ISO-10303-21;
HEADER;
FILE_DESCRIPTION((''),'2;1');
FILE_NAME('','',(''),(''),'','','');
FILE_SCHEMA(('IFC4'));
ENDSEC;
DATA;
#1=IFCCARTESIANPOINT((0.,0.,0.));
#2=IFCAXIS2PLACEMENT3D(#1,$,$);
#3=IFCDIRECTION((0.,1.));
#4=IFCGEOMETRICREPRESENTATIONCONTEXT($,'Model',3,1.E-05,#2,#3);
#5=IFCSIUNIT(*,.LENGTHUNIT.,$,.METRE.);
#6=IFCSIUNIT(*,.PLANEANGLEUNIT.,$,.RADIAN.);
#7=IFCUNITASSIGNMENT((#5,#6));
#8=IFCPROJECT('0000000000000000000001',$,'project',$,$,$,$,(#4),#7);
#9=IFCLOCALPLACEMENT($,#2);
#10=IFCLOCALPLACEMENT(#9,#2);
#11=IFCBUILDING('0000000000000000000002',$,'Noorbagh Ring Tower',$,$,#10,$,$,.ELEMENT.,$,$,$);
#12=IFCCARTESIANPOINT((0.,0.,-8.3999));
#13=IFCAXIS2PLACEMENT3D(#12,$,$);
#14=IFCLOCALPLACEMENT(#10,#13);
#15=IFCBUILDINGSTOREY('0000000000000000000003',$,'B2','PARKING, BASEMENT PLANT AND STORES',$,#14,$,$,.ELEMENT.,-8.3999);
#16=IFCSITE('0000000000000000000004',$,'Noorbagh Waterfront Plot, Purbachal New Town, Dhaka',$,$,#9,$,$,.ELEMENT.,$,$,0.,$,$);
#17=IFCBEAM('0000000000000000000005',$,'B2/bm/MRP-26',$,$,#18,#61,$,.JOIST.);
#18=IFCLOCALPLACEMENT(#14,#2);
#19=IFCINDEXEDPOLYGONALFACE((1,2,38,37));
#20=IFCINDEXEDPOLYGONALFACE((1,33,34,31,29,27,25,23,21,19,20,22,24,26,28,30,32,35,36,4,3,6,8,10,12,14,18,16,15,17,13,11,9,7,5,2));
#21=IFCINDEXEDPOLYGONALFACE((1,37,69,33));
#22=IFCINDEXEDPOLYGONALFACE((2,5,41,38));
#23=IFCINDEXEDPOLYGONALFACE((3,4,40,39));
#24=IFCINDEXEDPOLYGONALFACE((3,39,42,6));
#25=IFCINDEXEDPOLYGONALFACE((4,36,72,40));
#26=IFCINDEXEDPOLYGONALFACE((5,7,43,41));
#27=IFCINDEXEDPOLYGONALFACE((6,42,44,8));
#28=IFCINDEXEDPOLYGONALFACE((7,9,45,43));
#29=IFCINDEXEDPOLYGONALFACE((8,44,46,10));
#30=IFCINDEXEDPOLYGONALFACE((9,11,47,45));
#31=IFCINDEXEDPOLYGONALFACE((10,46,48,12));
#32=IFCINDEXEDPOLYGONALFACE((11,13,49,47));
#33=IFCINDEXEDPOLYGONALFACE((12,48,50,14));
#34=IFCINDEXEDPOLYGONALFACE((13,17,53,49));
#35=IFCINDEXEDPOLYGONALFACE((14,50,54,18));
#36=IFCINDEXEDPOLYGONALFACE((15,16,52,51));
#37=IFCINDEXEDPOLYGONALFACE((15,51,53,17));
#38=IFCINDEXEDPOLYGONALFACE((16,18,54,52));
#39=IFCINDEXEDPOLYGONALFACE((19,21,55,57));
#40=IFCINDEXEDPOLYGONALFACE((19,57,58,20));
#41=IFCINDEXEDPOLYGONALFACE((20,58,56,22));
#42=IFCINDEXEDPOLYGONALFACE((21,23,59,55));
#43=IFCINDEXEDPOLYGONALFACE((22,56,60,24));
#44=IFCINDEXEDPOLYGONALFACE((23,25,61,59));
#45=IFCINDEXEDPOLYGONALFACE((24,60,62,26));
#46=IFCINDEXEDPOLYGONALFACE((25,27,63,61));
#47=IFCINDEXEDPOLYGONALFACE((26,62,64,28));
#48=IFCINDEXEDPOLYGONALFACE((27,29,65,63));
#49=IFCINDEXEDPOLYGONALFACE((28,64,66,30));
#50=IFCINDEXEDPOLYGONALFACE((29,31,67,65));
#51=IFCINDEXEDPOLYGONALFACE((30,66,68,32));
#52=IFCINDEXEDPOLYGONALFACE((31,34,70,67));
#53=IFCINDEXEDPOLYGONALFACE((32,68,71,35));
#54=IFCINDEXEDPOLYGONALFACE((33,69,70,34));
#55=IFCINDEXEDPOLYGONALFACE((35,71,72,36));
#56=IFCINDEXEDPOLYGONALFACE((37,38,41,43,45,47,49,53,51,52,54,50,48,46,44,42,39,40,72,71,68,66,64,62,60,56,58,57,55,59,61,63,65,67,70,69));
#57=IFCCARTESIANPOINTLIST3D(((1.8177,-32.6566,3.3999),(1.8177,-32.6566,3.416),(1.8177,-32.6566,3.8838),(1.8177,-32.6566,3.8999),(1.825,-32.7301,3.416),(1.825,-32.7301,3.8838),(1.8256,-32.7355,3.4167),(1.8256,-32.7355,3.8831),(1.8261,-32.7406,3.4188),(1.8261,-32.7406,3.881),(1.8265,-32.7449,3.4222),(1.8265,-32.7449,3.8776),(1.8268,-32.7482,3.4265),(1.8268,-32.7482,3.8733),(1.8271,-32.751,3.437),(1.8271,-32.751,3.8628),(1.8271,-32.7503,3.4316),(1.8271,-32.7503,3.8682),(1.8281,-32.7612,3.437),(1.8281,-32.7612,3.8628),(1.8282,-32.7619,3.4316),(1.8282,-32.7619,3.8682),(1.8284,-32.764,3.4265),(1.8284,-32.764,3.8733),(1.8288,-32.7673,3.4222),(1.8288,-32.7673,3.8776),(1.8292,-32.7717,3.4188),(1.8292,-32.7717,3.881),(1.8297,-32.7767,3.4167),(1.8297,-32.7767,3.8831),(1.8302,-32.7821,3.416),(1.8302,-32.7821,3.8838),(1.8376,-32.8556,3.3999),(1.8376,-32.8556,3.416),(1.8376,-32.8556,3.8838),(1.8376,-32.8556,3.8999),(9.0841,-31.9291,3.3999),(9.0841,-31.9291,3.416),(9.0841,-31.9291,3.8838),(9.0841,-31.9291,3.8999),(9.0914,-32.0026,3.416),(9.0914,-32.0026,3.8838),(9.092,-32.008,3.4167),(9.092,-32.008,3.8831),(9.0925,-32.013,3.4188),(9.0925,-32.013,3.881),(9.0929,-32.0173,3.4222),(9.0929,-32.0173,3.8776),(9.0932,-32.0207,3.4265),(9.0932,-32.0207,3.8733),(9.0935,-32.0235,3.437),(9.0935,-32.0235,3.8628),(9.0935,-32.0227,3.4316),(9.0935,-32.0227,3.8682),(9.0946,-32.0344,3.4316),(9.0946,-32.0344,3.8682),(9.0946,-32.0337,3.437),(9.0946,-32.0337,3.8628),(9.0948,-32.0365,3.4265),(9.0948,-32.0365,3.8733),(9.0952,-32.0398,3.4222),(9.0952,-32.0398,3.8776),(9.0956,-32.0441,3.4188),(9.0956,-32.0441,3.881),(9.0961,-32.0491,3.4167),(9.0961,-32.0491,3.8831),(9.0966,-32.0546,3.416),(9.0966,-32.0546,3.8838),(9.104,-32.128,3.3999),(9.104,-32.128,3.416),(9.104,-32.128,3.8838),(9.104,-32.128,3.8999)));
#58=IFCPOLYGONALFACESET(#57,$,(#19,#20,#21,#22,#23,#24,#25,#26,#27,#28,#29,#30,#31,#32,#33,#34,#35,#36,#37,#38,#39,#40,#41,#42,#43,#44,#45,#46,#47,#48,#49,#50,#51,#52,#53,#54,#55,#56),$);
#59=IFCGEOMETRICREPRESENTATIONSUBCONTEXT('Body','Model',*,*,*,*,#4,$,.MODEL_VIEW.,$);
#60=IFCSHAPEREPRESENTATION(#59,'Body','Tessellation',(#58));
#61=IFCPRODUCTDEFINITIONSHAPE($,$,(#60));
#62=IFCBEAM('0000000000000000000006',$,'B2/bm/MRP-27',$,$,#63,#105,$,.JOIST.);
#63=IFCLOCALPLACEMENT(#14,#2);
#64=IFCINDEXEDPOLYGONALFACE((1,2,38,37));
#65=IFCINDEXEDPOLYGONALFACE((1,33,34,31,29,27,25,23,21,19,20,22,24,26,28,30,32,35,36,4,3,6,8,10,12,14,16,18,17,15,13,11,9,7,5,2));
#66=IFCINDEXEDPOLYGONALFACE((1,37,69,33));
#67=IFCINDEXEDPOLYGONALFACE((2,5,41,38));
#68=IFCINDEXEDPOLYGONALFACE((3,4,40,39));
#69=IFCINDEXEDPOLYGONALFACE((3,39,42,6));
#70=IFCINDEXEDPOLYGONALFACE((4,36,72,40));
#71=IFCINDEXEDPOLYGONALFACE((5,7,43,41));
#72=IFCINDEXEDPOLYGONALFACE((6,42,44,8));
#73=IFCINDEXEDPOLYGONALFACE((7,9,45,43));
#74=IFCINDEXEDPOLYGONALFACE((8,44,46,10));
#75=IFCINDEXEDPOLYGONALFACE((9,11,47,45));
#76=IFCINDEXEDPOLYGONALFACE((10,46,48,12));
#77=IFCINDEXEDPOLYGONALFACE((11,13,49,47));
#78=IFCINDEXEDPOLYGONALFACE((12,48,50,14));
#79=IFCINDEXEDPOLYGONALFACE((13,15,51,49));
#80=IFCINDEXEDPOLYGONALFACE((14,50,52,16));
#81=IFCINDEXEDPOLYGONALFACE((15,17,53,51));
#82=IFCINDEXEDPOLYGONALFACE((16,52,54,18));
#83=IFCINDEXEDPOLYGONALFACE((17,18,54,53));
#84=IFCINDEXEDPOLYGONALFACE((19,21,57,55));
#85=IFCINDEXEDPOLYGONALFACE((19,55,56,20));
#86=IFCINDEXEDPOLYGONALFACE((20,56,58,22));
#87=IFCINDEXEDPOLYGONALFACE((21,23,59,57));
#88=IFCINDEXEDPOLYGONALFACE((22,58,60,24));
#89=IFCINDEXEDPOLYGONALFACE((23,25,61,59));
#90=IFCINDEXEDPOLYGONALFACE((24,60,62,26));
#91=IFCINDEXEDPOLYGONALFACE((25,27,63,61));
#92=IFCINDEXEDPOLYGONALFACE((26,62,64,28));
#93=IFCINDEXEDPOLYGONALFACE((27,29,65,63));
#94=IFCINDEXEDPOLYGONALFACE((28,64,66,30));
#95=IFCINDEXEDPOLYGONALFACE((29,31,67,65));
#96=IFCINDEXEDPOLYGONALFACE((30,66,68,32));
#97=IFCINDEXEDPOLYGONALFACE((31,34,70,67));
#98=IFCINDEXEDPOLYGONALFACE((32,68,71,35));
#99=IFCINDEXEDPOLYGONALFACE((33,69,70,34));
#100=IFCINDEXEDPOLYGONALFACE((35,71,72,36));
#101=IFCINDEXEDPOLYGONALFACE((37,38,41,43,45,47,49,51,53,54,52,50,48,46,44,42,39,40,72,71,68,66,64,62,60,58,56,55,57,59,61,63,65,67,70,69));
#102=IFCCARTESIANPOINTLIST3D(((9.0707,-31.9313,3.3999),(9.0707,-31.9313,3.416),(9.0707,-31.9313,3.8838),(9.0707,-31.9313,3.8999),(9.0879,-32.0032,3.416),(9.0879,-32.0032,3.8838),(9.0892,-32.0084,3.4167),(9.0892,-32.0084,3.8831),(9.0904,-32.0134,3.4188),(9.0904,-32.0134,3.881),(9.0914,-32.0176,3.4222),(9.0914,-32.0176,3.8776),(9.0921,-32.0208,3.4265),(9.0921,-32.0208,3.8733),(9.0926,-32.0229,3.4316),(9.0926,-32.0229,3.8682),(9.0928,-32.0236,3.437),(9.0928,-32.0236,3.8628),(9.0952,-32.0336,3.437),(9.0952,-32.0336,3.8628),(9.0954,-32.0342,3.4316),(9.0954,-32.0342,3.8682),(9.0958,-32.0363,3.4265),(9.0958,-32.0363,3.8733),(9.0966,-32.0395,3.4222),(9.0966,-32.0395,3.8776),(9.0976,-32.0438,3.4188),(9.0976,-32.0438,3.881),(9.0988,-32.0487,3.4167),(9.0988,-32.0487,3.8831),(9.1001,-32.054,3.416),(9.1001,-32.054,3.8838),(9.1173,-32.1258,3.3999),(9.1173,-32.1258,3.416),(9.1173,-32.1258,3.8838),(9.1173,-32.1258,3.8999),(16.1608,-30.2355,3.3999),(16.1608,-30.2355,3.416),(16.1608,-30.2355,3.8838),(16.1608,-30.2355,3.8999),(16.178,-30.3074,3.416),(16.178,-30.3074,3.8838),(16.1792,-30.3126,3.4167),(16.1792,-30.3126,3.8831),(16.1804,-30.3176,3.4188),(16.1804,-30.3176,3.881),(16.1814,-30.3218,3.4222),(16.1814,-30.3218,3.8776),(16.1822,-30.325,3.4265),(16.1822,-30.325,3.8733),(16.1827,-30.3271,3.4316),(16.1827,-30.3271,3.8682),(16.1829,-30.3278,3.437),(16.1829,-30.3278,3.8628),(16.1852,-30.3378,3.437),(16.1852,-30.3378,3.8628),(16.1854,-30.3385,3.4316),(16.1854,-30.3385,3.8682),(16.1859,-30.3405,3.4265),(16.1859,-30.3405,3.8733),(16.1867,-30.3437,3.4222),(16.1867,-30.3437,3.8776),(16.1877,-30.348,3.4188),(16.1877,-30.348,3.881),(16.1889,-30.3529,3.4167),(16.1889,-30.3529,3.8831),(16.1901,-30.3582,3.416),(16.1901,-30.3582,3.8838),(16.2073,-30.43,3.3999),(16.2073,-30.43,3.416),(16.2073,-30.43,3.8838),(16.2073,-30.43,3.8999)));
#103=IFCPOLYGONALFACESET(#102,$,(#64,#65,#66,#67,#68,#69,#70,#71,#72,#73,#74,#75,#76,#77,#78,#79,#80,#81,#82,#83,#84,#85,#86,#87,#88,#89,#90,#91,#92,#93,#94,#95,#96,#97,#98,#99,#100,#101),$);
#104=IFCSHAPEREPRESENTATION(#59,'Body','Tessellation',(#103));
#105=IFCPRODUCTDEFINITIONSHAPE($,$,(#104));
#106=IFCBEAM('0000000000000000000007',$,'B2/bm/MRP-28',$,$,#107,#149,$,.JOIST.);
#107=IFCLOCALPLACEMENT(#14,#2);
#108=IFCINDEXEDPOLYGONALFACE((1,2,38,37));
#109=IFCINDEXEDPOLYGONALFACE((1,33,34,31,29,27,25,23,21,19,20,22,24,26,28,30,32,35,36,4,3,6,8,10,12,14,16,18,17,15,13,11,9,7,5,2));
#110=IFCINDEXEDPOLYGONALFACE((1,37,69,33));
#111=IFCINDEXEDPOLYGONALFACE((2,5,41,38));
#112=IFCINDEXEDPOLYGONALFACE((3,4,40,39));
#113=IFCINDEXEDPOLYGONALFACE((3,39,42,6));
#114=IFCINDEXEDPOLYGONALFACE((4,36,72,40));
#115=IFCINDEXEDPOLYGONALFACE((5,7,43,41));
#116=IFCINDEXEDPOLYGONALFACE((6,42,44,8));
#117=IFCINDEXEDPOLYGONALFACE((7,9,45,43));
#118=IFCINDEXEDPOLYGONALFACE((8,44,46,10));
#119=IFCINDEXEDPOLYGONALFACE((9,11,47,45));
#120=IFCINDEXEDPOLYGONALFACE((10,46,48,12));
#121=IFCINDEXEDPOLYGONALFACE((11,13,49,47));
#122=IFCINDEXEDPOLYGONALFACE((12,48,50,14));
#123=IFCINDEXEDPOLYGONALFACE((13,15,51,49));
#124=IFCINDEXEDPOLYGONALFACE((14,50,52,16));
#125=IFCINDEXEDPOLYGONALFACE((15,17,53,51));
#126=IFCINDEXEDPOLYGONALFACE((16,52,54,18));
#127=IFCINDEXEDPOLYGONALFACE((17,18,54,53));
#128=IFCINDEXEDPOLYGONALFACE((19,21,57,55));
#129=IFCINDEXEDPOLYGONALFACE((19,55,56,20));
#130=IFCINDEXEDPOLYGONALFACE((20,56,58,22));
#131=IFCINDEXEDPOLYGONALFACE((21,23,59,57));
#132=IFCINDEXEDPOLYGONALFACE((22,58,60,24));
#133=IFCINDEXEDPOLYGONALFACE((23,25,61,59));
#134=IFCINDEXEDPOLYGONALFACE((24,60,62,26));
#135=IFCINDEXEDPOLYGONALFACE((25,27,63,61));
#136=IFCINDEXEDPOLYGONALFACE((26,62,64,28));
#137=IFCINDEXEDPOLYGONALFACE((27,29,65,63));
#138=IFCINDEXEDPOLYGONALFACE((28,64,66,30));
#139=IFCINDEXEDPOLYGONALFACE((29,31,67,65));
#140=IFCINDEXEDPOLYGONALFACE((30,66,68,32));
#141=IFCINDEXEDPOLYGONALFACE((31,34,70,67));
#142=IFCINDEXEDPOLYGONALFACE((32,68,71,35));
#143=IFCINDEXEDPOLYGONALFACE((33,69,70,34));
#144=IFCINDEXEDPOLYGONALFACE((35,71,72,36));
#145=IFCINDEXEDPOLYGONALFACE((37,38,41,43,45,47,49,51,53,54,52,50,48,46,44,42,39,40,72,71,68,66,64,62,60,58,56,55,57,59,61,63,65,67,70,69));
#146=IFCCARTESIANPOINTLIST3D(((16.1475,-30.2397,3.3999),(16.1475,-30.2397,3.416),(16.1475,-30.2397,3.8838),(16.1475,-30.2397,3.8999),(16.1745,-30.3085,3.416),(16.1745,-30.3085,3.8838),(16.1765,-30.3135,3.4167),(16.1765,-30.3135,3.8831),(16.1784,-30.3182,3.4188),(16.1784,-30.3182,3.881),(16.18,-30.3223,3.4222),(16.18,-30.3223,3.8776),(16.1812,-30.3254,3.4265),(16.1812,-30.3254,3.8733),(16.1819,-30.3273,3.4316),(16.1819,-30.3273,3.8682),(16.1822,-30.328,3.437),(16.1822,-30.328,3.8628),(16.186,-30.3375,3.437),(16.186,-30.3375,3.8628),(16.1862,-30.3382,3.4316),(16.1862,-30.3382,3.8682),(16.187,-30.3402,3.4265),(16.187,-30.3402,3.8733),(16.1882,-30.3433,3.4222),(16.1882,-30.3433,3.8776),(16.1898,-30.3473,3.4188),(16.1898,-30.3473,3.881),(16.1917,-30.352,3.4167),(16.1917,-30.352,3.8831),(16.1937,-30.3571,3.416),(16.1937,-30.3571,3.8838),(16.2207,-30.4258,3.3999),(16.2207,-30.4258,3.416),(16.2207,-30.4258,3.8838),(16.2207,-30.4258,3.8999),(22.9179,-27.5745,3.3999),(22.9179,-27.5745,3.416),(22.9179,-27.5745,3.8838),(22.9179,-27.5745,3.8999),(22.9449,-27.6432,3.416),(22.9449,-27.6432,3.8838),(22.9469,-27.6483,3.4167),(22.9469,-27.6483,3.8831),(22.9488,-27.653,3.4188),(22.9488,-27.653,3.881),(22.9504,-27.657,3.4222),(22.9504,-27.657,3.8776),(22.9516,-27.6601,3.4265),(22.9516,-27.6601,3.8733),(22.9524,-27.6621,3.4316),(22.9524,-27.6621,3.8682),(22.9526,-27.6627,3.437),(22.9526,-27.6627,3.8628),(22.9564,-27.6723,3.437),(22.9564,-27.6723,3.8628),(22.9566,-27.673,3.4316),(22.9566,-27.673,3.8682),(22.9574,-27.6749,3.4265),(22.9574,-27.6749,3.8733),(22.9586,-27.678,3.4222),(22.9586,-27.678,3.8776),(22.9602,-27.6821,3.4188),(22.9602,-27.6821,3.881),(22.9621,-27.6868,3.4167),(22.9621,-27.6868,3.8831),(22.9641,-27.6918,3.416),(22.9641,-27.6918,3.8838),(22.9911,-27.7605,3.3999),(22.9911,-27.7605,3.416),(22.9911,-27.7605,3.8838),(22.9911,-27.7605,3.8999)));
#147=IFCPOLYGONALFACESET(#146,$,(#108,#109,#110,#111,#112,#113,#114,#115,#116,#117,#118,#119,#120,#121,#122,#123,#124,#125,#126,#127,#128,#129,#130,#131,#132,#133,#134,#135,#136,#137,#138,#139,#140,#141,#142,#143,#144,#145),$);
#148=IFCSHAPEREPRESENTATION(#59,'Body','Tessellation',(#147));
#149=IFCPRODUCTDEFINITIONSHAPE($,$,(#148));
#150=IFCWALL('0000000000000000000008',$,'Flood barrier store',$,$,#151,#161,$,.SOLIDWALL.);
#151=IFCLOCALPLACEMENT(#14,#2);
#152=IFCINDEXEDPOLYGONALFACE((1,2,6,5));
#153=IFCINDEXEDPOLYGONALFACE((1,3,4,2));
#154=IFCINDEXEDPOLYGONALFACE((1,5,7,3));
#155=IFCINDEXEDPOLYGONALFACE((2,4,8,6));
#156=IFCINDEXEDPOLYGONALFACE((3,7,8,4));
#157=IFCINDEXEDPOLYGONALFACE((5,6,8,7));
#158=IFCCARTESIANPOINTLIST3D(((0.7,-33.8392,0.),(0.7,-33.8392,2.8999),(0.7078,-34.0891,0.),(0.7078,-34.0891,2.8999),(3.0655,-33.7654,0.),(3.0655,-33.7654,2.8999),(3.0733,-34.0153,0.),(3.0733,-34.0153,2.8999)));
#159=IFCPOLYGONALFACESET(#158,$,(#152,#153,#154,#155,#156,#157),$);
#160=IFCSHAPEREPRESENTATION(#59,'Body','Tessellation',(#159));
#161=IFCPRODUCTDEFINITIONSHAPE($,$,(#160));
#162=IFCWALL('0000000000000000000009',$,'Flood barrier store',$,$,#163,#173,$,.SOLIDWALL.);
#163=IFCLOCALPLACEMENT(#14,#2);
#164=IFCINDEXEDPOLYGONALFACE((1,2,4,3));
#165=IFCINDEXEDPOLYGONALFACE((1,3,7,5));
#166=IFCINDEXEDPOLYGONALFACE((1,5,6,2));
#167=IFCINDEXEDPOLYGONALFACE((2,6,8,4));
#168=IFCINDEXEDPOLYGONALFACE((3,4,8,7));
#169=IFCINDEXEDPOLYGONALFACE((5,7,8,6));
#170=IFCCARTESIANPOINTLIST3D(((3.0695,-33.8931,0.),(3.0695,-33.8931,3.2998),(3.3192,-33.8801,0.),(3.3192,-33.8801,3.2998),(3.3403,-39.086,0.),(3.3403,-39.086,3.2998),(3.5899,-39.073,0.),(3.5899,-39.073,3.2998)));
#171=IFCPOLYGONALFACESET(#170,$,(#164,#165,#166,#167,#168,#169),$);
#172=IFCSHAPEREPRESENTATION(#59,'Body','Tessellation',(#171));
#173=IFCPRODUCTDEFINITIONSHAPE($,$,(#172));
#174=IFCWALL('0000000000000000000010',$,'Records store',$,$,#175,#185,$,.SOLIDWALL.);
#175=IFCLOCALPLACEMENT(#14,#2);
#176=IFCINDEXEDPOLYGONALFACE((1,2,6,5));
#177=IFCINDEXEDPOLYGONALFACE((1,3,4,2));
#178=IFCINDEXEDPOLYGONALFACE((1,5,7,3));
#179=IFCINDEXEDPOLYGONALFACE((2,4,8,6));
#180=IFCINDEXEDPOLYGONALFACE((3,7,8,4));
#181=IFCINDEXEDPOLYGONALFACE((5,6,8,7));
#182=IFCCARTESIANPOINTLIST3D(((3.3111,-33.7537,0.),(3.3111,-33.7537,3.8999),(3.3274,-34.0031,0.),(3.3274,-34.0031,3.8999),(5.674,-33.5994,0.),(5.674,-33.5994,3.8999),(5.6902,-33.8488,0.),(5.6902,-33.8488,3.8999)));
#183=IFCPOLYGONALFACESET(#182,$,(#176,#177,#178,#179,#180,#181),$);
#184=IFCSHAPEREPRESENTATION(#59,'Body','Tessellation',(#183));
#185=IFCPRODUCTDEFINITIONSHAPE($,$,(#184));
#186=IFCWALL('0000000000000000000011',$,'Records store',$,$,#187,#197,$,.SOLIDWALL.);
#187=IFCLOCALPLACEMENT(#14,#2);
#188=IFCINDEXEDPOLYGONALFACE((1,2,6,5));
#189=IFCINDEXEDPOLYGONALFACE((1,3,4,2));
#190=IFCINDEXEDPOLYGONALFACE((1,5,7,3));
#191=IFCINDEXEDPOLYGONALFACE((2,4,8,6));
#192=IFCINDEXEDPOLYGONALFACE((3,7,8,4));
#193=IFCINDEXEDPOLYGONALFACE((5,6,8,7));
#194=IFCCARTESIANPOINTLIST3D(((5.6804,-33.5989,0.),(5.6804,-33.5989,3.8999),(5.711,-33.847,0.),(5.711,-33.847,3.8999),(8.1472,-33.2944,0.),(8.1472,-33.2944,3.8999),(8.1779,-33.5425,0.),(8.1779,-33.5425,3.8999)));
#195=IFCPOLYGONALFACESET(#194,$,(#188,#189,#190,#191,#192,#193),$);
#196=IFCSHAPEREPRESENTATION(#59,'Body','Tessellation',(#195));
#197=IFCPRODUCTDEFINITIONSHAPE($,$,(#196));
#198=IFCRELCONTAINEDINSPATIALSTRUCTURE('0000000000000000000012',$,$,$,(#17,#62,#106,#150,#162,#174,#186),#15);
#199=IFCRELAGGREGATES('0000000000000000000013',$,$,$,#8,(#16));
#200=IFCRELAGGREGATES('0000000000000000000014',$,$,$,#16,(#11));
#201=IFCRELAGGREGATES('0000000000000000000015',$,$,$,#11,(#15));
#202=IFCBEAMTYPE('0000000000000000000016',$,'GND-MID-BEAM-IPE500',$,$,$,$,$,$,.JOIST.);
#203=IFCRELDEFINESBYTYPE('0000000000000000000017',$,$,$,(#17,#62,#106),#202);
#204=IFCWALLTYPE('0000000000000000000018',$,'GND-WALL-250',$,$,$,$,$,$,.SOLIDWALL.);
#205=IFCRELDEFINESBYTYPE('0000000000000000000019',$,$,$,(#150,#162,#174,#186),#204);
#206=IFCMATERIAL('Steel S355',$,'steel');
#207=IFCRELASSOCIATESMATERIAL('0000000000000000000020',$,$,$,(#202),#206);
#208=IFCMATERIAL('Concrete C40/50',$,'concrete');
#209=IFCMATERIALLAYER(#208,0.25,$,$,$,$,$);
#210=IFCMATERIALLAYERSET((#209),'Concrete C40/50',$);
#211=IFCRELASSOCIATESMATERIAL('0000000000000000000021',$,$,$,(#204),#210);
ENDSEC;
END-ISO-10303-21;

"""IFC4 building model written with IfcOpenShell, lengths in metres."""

from ifc_helpers import new_model, si_unit, direction, frame, frame_2d, origin, origin_2d, place, context, subcontext, project, spatial, rectangle, i_section, extrude, material, layer, layer_set, material_profile, profile_set, type_object, element, save


model = new_model("IFC4")

# Units and contexts
model_context = context("Model", 3, precision=1e-05, world=origin(), true_north=direction((0.0, 1.0)))
body_context = subcontext(model_context, "Body", "Model", "MODEL_VIEW")
ifc_project = project(units=[si_unit("LENGTHUNIT", "METRE"), si_unit("PLANEANGLEUNIT", "RADIAN")], contexts=[model_context])

# Site, building, storey
site_placement = place(None, origin())
site = spatial("IfcSite", under=ifc_project, at=site_placement, Name="Noorbagh Waterfront Plot, Purbachal New Town, Dhaka", CompositionType="ELEMENT", RefElevation=0.0)
building_placement = place(site_placement, origin())
building = spatial("IfcBuilding", under=site, at=building_placement, Name="Noorbagh Ring Tower", CompositionType="ELEMENT")
storey_placement = place(building_placement, frame((0.0, 0.0, -8.3999)))
storey = spatial("IfcBuildingStorey", under=building, at=storey_placement, Name="B2", Description="PARKING, BASEMENT PLANT AND STORES", CompositionType="ELEMENT", Elevation=-8.3999)

# Beams
ifc_material_1 = material(Name="Steel S355", Category="steel")
ifc_material_profile_1 = material_profile(ifc_material_1, i_section(OverallWidth=0.2, OverallDepth=0.5, WebThickness=0.0103, FlangeThickness=0.0161, FilletRadius=0.021, at=origin_2d()), Name="IPE500")
ifc_profile_set_1 = profile_set([ifc_material_profile_1], Name="Steel S355")
beam_type_1 = type_object("IfcBeamType", Name="GND-MID-BEAM-IPE500", PredefinedType="JOIST", material=ifc_profile_set_1)
beam_1_placement = place(storey_placement, frame((1.8276, -32.7561, 3.6499), z_axis=(0.995025, 0.099626, 0.0), x_axis=(-0.099626, 0.995025, 0.0)))
element("IfcBeam", 1, at=beam_1_placement, inside=storey, type_object=beam_type_1, Name="B2/bm/MRP-26", PredefinedType="JOIST", context=body_context, shape_type="SweptSolid", body=[
    extrude(i_section(OverallWidth=0.2, OverallDepth=0.5, WebThickness=0.0103, FlangeThickness=0.0161, FilletRadius=0.021, at=origin_2d()), origin(), (0.0, 0.0, 1.0), 7.3027),
])
beam_2_placement = place(storey_placement, frame((9.094, -32.0286, 3.6499), z_axis=(0.972568, 0.232618, 0.0), x_axis=(-0.232618, 0.972568, 0.0)))
element("IfcBeam", 2, at=beam_2_placement, inside=storey, type_object=beam_type_1, Name="B2/bm/MRP-27", PredefinedType="JOIST", context=body_context, shape_type="SweptSolid", body=[
    extrude(i_section(OverallWidth=0.2, OverallDepth=0.5, WebThickness=0.0103, FlangeThickness=0.0161, FilletRadius=0.021, at=origin_2d()), origin(), (0.0, 0.0, 1.0), 7.29),
])
beam_3_placement = place(storey_placement, frame((16.1841, -30.3328, 3.6499), z_axis=(0.930497, 0.3663, 0.0), x_axis=(-0.3663, 0.930497, 0.0)))
element("IfcBeam", 3, at=beam_3_placement, inside=storey, type_object=beam_type_1, Name="B2/bm/MRP-28", PredefinedType="JOIST", context=body_context, shape_type="SweptSolid", body=[
    extrude(i_section(OverallWidth=0.2, OverallDepth=0.5, WebThickness=0.0103, FlangeThickness=0.0161, FilletRadius=0.021, at=origin_2d()), origin(), (0.0, 0.0, 1.0), 7.2761),
])

# Walls
ifc_material_2 = material(Name="Concrete C40/50", Category="concrete")
ifc_layer_1 = layer(ifc_material_2, 0.25)
ifc_layer_set_1 = layer_set([ifc_layer_1], Name="Concrete C40/50")
wall_type_1 = type_object("IfcWallType", Name="GND-WALL-250", PredefinedType="SOLIDWALL", material=ifc_layer_set_1)
wall_1_placement = place(storey_placement, frame((0.7039, -33.9641, 0.0), z_axis=(0.0, 0.0, 1.0), x_axis=(0.999515, 0.031154, 0.0)))
element("IfcWall", 4, at=wall_1_placement, inside=storey, type_object=wall_type_1, Name="Flood barrier store", PredefinedType="SOLIDWALL", context=body_context, shape_type="SweptSolid", body=[
    extrude(rectangle(XDim=2.3667, YDim=0.25, at=frame_2d((1.1833, 0.0))), origin(), (0.0, 0.0, 1.0), 2.8999),
])
wall_2_placement = place(storey_placement, frame((3.1943, -33.8865, 0.0), z_axis=(0.0, 0.0, 1.0), x_axis=(0.052068, -0.998644, 0.0)))
element("IfcWall", 5, at=wall_2_placement, inside=storey, type_object=wall_type_1, Name="Flood barrier store", PredefinedType="SOLIDWALL", context=body_context, shape_type="SweptSolid", body=[
    extrude(rectangle(XDim=5.2, YDim=0.25, at=frame_2d((2.6001, 0.0))), origin(), (0.0, 0.0, 1.0), 3.2998),
])
wall_3_placement = place(storey_placement, frame((3.3191, -33.8784, 0.0), z_axis=(0.0, 0.0, 1.0), x_axis=(0.997875, 0.065164, 0.0)))
element("IfcWall", 6, at=wall_3_placement, inside=storey, type_object=wall_type_1, Name="Records store", PredefinedType="SOLIDWALL", context=body_context, shape_type="SweptSolid", body=[
    extrude(rectangle(XDim=2.3679, YDim=0.25, at=frame_2d((1.1841, 0.0))), origin(), (0.0, 0.0, 1.0), 3.8999),
])
wall_4_placement = place(storey_placement, frame((5.6958, -33.7229, 0.0), z_axis=(0.0, 0.0, 1.0), x_axis=(0.99247, 0.122487, 0.0)))
element("IfcWall", 7, at=wall_4_placement, inside=storey, type_object=wall_type_1, Name="Records store", PredefinedType="SOLIDWALL", context=body_context, shape_type="SweptSolid", body=[
    extrude(rectangle(XDim=2.4856, YDim=0.25, at=frame_2d((1.2427, 0.0))), origin(), (0.0, 0.0, 1.0), 3.8999),
])

save(model, "model.ifc")
